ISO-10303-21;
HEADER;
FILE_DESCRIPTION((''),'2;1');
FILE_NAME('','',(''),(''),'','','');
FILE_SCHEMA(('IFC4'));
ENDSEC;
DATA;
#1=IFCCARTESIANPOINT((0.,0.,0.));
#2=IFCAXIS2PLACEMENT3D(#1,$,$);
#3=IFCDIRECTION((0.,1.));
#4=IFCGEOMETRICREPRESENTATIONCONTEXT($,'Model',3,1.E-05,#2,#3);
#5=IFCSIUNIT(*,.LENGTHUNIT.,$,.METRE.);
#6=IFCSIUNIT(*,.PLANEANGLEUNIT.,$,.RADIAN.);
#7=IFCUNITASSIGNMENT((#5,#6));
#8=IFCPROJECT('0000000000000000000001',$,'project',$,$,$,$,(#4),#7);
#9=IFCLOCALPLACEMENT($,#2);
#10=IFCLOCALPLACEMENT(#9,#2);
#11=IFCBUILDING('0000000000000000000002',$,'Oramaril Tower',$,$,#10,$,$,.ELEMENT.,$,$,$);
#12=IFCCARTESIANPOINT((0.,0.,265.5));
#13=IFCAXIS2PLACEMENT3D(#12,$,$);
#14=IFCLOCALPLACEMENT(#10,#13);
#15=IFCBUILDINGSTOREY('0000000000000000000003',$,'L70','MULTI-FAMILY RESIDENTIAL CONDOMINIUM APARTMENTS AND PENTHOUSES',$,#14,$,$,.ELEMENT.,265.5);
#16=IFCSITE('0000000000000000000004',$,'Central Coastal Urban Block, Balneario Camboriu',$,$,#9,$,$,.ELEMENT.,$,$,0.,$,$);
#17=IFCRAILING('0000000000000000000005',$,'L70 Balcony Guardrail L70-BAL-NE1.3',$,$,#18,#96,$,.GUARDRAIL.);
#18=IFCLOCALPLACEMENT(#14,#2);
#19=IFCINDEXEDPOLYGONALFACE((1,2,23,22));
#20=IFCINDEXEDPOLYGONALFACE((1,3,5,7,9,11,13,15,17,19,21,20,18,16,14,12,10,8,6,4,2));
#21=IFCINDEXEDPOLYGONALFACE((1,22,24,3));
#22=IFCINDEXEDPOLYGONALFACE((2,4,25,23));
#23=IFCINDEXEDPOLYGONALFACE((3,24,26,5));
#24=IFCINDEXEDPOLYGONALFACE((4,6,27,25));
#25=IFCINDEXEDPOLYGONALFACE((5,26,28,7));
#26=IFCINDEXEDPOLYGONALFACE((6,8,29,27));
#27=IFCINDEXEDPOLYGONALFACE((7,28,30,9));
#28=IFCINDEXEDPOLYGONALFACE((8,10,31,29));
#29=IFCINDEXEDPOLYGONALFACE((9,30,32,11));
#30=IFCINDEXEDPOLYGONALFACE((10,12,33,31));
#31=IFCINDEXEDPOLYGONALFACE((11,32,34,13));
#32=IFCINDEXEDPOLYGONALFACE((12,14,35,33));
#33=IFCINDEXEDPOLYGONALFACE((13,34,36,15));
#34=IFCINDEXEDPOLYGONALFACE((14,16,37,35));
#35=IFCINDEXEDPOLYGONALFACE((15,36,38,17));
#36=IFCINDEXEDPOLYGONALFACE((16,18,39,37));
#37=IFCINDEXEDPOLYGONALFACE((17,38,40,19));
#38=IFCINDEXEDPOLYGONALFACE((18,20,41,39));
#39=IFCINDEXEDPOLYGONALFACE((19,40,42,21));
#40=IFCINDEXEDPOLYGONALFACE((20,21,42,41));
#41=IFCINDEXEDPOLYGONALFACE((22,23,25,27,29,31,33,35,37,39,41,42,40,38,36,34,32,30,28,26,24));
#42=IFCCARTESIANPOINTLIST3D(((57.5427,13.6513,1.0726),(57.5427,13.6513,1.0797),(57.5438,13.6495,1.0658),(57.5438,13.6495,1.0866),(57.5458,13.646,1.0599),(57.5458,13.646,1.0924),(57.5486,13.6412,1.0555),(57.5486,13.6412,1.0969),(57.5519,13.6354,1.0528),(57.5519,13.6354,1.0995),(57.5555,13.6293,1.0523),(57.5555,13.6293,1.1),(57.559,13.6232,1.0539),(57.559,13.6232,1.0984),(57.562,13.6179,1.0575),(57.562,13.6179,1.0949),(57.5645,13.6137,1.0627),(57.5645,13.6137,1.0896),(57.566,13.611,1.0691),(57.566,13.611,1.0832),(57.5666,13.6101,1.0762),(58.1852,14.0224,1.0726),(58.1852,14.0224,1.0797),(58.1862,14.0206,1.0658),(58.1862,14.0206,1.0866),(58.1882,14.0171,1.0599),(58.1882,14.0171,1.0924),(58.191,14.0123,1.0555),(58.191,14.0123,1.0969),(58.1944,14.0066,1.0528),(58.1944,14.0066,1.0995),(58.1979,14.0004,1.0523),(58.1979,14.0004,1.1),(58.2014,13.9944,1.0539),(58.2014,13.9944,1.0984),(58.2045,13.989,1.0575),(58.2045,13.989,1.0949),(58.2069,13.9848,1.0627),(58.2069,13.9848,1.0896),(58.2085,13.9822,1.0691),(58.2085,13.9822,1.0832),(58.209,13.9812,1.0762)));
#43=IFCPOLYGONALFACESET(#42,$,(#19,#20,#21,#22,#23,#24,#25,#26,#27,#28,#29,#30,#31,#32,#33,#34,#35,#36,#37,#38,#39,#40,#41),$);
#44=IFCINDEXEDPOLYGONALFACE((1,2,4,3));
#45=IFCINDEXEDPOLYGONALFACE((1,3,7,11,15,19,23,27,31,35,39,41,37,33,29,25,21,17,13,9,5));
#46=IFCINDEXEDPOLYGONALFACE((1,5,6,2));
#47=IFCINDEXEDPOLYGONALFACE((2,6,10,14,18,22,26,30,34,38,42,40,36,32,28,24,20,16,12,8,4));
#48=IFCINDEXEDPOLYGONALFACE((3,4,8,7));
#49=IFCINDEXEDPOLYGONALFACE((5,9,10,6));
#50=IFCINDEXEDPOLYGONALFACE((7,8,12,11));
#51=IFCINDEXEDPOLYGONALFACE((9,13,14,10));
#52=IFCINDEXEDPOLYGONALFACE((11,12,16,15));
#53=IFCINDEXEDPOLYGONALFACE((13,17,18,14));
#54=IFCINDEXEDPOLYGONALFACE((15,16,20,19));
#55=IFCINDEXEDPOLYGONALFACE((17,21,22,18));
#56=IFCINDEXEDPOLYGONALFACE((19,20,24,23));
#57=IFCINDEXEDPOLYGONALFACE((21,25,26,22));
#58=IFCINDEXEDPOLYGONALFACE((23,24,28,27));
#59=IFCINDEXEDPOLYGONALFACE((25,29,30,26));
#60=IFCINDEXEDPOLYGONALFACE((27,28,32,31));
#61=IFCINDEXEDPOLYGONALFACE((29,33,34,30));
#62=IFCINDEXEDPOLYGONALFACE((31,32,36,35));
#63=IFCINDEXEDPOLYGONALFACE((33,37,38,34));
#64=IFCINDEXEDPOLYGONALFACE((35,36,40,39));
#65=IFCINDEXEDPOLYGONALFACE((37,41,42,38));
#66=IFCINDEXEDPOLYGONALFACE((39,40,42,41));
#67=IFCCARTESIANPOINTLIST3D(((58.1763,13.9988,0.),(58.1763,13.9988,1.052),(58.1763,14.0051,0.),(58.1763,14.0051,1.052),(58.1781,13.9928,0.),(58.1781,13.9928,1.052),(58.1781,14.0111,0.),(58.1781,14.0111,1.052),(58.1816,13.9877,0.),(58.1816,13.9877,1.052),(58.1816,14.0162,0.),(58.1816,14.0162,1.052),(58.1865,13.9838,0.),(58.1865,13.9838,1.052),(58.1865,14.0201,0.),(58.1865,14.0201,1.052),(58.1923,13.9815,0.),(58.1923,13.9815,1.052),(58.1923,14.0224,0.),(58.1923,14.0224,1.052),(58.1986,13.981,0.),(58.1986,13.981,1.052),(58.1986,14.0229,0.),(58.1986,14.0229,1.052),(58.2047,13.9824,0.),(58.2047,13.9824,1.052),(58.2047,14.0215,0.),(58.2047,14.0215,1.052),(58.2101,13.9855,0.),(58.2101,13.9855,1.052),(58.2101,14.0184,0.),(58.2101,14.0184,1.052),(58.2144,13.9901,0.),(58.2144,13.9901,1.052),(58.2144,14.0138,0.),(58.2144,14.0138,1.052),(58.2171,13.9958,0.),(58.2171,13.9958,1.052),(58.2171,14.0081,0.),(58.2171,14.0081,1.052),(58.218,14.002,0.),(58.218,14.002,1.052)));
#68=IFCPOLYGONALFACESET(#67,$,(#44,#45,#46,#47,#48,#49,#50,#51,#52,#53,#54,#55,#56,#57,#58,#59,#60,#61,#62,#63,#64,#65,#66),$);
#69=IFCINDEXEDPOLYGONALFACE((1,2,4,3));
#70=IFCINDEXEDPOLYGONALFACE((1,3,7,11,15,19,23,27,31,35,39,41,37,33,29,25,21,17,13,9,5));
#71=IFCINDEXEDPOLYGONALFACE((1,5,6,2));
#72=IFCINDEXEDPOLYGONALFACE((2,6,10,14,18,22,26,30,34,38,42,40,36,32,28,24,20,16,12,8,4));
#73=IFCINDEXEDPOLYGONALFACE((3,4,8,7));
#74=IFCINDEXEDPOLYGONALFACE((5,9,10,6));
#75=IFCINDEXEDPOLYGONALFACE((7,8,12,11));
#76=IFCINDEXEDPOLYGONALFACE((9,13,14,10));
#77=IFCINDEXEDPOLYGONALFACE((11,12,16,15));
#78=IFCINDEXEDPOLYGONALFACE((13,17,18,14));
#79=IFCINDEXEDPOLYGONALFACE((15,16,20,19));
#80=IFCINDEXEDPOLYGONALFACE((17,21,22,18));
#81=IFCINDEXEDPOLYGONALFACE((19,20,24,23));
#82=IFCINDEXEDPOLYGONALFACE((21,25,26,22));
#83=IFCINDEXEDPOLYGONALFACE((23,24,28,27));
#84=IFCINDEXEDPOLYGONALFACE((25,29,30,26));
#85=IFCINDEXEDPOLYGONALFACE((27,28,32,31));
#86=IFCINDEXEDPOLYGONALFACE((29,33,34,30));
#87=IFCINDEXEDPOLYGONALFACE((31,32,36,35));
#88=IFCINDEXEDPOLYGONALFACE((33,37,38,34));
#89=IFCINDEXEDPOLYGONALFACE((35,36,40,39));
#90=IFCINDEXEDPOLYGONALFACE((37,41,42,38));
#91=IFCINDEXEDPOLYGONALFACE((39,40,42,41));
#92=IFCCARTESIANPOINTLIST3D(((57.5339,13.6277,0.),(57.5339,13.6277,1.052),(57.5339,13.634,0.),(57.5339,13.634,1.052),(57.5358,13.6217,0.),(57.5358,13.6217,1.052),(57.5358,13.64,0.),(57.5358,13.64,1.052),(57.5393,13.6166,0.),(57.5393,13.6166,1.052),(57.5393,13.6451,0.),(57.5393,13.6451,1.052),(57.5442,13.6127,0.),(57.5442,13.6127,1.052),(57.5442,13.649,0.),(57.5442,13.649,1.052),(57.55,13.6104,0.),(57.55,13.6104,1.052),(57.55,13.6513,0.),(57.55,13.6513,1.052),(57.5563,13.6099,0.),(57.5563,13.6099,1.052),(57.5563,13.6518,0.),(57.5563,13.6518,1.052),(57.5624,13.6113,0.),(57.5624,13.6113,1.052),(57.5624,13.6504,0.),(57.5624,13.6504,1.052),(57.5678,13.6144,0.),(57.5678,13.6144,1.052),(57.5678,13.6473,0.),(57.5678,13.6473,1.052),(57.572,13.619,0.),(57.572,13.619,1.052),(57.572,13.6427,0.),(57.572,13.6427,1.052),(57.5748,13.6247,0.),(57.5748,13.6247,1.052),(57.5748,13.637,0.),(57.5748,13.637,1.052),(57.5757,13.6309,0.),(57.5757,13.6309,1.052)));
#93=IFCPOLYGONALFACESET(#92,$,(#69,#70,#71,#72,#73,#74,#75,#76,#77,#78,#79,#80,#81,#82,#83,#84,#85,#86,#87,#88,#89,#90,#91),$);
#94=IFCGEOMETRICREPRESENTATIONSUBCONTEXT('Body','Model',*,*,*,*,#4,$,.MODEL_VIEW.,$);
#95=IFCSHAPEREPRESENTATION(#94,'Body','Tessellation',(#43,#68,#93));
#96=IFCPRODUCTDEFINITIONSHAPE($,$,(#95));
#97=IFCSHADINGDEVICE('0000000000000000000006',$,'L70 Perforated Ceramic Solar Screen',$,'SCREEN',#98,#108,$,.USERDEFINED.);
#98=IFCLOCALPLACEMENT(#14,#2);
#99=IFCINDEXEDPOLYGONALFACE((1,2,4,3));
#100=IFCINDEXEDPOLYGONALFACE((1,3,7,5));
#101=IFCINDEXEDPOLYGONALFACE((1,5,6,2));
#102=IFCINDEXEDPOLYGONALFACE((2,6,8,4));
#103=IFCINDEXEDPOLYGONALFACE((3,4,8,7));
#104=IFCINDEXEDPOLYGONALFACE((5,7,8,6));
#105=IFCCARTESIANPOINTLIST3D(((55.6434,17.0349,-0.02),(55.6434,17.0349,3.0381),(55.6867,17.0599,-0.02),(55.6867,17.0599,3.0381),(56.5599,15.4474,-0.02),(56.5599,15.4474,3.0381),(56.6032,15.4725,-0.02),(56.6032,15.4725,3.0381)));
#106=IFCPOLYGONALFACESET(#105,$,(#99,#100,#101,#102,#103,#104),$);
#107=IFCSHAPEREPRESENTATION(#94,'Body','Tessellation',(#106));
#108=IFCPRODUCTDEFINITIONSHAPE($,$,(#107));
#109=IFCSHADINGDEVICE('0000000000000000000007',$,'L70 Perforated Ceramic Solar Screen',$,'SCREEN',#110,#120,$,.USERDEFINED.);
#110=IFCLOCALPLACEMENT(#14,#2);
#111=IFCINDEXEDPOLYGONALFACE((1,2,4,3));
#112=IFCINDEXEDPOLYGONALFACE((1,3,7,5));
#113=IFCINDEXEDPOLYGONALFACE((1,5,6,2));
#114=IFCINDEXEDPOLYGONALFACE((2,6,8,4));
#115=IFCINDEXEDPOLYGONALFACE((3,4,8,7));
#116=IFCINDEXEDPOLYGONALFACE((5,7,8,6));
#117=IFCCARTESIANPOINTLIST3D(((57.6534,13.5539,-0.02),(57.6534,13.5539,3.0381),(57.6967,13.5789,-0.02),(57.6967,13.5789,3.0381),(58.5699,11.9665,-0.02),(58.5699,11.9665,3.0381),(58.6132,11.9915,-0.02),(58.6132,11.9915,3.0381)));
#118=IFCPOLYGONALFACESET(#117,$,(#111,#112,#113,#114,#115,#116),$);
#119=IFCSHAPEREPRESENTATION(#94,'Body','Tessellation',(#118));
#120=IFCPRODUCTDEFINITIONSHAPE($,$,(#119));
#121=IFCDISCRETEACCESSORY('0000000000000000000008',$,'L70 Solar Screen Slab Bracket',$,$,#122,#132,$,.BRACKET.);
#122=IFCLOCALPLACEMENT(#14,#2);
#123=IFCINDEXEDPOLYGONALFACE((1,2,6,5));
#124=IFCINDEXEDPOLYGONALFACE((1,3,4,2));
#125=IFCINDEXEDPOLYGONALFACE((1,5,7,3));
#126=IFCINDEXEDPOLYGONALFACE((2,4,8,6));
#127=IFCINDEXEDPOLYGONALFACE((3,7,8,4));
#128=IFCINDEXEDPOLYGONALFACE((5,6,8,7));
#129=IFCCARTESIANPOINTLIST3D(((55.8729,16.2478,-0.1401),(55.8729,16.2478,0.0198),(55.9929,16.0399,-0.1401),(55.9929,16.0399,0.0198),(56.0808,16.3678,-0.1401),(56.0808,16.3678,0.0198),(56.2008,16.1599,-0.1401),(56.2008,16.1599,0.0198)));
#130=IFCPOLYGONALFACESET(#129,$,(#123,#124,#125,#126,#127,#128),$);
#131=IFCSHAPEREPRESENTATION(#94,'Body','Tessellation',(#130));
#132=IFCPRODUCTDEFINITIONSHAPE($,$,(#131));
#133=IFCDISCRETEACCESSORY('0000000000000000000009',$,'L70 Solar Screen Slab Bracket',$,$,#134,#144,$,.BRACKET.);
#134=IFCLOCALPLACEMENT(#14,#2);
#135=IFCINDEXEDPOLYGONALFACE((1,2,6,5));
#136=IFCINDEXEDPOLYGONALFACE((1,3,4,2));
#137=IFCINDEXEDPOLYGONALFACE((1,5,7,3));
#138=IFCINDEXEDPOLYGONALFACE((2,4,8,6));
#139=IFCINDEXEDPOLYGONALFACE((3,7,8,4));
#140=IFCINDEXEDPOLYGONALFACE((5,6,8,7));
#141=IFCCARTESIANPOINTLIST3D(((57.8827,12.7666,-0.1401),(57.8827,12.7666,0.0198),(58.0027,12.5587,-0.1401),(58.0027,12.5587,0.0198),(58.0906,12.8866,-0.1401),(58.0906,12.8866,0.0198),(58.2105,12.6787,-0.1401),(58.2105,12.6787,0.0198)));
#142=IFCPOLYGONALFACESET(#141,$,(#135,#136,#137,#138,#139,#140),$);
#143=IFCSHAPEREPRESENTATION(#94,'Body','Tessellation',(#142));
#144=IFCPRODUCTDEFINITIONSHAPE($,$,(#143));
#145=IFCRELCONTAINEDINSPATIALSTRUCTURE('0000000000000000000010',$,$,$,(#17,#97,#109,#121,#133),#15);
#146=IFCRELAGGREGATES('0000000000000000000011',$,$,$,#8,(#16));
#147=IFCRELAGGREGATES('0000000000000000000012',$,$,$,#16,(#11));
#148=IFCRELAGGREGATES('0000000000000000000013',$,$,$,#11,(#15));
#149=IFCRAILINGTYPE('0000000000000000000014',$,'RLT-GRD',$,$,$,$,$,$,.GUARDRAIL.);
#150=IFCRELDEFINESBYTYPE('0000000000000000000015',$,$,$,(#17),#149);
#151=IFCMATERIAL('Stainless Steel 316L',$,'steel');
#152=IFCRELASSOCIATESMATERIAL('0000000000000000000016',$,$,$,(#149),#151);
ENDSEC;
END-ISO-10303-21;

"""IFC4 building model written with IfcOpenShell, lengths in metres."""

from ifc_helpers import new_model, si_unit, direction, frame, origin, origin_2d, place, context, subcontext, project, spatial, rectangle, circle, extrude, material, type_object, element, save


model = new_model("IFC4")

# Units and contexts
model_context = context("Model", 3, precision=1e-05, world=origin(), true_north=direction((0.0, 1.0)))
body_context = subcontext(model_context, "Body", "Model", "MODEL_VIEW")
ifc_project = project(units=[si_unit("LENGTHUNIT", "METRE"), si_unit("PLANEANGLEUNIT", "RADIAN")], contexts=[model_context])

# Site, building, storey
site_placement = place(None, origin())
site = spatial("IfcSite", under=ifc_project, at=site_placement, Name="Central Coastal Urban Block, Balneario Camboriu", CompositionType="ELEMENT", RefElevation=0.0)
building_placement = place(site_placement, origin())
building = spatial("IfcBuilding", under=site, at=building_placement, Name="Oramaril Tower", CompositionType="ELEMENT")
storey_placement = place(building_placement, frame((0.0, 0.0, 265.5)))
storey = spatial("IfcBuildingStorey", under=building, at=storey_placement, Name="L70", Description="MULTI-FAMILY RESIDENTIAL CONDOMINIUM APARTMENTS AND PENTHOUSES", CompositionType="ELEMENT", Elevation=265.5)

# Railing
ifc_material_1 = material(Name="Stainless Steel 316L", Category="steel")
railing_type = type_object("IfcRailingType", Name="RLT-GRD", PredefinedType="GUARDRAIL", material=ifc_material_1)
railing_placement = place(storey_placement, frame((58.197, 14.002, 0.0)))
element("IfcRailing", 1, at=railing_placement, inside=storey, type_object=railing_type, Name="L70 Balcony Guardrail L70-BAL-NE1.3", PredefinedType="GUARDRAIL", context=body_context, shape_type="SweptSolid", body=[
    extrude(circle(Radius=0.0239, at=origin_2d()), frame((0.0, 0.0, 1.0762), z_axis=(-0.865884, -0.500245, 0.0), x_axis=(0.500245, -0.865884, 0.0)), (0.0, 0.0, 1.0), 0.7419),
    extrude(circle(Radius=0.021, at=origin_2d()), origin(), (0.0, 0.0, 1.0), 1.052),
    extrude(circle(Radius=0.021, at=origin_2d()), frame((-0.6423, -0.3711, 0.0)), (0.0, 0.0, 1.0), 1.052),
])

# Shading devices
for number, where, z_axis, x_axis, name in (
    (2, (56.1233, 16.2537, -0.02), (0.0, 0.0, 1.0), (-0.499997, 0.866027, 0.0), "L70 Perforated Ceramic Solar Screen"),
    (3, (58.1333, 12.7727, -0.02), (0.0, 0.0, 1.0), (-0.499997, 0.866027, 0.0), "L70 Perforated Ceramic Solar Screen"),
):
    element("IfcShadingDevice", number, at=place(storey_placement, frame(where, z_axis=z_axis, x_axis=x_axis)), inside=storey, Name=name, ObjectType="SCREEN", PredefinedType="USERDEFINED", context=body_context, shape_type="SweptSolid", body=[
        extrude(rectangle(XDim=1.833, YDim=0.05, at=origin_2d()), origin(), (0.0, 0.0, 1.0), 3.0581),
    ])

# Discrete accessories
for number, where, z_axis, x_axis, name in (
    (4, (56.0369, 16.2039, -0.1401), (0.0, 0.0, 1.0), (-0.499997, 0.866027, 0.0), "L70 Solar Screen Slab Bracket"),
    (5, (58.0466, 12.7227, -0.1401), (0.0, 0.0, 1.0), (-0.499997, 0.866027, 0.0), "L70 Solar Screen Slab Bracket"),
):
    element("IfcDiscreteAccessory", number, at=place(storey_placement, frame(where, z_axis=z_axis, x_axis=x_axis)), inside=storey, Name=name, PredefinedType="BRACKET", context=body_context, shape_type="SweptSolid", body=[
        extrude(rectangle(XDim=0.24, YDim=0.24, at=origin_2d()), origin(), (0.0, 0.0, 1.0), 0.1599),
    ])

save(model, "model.ifc")
